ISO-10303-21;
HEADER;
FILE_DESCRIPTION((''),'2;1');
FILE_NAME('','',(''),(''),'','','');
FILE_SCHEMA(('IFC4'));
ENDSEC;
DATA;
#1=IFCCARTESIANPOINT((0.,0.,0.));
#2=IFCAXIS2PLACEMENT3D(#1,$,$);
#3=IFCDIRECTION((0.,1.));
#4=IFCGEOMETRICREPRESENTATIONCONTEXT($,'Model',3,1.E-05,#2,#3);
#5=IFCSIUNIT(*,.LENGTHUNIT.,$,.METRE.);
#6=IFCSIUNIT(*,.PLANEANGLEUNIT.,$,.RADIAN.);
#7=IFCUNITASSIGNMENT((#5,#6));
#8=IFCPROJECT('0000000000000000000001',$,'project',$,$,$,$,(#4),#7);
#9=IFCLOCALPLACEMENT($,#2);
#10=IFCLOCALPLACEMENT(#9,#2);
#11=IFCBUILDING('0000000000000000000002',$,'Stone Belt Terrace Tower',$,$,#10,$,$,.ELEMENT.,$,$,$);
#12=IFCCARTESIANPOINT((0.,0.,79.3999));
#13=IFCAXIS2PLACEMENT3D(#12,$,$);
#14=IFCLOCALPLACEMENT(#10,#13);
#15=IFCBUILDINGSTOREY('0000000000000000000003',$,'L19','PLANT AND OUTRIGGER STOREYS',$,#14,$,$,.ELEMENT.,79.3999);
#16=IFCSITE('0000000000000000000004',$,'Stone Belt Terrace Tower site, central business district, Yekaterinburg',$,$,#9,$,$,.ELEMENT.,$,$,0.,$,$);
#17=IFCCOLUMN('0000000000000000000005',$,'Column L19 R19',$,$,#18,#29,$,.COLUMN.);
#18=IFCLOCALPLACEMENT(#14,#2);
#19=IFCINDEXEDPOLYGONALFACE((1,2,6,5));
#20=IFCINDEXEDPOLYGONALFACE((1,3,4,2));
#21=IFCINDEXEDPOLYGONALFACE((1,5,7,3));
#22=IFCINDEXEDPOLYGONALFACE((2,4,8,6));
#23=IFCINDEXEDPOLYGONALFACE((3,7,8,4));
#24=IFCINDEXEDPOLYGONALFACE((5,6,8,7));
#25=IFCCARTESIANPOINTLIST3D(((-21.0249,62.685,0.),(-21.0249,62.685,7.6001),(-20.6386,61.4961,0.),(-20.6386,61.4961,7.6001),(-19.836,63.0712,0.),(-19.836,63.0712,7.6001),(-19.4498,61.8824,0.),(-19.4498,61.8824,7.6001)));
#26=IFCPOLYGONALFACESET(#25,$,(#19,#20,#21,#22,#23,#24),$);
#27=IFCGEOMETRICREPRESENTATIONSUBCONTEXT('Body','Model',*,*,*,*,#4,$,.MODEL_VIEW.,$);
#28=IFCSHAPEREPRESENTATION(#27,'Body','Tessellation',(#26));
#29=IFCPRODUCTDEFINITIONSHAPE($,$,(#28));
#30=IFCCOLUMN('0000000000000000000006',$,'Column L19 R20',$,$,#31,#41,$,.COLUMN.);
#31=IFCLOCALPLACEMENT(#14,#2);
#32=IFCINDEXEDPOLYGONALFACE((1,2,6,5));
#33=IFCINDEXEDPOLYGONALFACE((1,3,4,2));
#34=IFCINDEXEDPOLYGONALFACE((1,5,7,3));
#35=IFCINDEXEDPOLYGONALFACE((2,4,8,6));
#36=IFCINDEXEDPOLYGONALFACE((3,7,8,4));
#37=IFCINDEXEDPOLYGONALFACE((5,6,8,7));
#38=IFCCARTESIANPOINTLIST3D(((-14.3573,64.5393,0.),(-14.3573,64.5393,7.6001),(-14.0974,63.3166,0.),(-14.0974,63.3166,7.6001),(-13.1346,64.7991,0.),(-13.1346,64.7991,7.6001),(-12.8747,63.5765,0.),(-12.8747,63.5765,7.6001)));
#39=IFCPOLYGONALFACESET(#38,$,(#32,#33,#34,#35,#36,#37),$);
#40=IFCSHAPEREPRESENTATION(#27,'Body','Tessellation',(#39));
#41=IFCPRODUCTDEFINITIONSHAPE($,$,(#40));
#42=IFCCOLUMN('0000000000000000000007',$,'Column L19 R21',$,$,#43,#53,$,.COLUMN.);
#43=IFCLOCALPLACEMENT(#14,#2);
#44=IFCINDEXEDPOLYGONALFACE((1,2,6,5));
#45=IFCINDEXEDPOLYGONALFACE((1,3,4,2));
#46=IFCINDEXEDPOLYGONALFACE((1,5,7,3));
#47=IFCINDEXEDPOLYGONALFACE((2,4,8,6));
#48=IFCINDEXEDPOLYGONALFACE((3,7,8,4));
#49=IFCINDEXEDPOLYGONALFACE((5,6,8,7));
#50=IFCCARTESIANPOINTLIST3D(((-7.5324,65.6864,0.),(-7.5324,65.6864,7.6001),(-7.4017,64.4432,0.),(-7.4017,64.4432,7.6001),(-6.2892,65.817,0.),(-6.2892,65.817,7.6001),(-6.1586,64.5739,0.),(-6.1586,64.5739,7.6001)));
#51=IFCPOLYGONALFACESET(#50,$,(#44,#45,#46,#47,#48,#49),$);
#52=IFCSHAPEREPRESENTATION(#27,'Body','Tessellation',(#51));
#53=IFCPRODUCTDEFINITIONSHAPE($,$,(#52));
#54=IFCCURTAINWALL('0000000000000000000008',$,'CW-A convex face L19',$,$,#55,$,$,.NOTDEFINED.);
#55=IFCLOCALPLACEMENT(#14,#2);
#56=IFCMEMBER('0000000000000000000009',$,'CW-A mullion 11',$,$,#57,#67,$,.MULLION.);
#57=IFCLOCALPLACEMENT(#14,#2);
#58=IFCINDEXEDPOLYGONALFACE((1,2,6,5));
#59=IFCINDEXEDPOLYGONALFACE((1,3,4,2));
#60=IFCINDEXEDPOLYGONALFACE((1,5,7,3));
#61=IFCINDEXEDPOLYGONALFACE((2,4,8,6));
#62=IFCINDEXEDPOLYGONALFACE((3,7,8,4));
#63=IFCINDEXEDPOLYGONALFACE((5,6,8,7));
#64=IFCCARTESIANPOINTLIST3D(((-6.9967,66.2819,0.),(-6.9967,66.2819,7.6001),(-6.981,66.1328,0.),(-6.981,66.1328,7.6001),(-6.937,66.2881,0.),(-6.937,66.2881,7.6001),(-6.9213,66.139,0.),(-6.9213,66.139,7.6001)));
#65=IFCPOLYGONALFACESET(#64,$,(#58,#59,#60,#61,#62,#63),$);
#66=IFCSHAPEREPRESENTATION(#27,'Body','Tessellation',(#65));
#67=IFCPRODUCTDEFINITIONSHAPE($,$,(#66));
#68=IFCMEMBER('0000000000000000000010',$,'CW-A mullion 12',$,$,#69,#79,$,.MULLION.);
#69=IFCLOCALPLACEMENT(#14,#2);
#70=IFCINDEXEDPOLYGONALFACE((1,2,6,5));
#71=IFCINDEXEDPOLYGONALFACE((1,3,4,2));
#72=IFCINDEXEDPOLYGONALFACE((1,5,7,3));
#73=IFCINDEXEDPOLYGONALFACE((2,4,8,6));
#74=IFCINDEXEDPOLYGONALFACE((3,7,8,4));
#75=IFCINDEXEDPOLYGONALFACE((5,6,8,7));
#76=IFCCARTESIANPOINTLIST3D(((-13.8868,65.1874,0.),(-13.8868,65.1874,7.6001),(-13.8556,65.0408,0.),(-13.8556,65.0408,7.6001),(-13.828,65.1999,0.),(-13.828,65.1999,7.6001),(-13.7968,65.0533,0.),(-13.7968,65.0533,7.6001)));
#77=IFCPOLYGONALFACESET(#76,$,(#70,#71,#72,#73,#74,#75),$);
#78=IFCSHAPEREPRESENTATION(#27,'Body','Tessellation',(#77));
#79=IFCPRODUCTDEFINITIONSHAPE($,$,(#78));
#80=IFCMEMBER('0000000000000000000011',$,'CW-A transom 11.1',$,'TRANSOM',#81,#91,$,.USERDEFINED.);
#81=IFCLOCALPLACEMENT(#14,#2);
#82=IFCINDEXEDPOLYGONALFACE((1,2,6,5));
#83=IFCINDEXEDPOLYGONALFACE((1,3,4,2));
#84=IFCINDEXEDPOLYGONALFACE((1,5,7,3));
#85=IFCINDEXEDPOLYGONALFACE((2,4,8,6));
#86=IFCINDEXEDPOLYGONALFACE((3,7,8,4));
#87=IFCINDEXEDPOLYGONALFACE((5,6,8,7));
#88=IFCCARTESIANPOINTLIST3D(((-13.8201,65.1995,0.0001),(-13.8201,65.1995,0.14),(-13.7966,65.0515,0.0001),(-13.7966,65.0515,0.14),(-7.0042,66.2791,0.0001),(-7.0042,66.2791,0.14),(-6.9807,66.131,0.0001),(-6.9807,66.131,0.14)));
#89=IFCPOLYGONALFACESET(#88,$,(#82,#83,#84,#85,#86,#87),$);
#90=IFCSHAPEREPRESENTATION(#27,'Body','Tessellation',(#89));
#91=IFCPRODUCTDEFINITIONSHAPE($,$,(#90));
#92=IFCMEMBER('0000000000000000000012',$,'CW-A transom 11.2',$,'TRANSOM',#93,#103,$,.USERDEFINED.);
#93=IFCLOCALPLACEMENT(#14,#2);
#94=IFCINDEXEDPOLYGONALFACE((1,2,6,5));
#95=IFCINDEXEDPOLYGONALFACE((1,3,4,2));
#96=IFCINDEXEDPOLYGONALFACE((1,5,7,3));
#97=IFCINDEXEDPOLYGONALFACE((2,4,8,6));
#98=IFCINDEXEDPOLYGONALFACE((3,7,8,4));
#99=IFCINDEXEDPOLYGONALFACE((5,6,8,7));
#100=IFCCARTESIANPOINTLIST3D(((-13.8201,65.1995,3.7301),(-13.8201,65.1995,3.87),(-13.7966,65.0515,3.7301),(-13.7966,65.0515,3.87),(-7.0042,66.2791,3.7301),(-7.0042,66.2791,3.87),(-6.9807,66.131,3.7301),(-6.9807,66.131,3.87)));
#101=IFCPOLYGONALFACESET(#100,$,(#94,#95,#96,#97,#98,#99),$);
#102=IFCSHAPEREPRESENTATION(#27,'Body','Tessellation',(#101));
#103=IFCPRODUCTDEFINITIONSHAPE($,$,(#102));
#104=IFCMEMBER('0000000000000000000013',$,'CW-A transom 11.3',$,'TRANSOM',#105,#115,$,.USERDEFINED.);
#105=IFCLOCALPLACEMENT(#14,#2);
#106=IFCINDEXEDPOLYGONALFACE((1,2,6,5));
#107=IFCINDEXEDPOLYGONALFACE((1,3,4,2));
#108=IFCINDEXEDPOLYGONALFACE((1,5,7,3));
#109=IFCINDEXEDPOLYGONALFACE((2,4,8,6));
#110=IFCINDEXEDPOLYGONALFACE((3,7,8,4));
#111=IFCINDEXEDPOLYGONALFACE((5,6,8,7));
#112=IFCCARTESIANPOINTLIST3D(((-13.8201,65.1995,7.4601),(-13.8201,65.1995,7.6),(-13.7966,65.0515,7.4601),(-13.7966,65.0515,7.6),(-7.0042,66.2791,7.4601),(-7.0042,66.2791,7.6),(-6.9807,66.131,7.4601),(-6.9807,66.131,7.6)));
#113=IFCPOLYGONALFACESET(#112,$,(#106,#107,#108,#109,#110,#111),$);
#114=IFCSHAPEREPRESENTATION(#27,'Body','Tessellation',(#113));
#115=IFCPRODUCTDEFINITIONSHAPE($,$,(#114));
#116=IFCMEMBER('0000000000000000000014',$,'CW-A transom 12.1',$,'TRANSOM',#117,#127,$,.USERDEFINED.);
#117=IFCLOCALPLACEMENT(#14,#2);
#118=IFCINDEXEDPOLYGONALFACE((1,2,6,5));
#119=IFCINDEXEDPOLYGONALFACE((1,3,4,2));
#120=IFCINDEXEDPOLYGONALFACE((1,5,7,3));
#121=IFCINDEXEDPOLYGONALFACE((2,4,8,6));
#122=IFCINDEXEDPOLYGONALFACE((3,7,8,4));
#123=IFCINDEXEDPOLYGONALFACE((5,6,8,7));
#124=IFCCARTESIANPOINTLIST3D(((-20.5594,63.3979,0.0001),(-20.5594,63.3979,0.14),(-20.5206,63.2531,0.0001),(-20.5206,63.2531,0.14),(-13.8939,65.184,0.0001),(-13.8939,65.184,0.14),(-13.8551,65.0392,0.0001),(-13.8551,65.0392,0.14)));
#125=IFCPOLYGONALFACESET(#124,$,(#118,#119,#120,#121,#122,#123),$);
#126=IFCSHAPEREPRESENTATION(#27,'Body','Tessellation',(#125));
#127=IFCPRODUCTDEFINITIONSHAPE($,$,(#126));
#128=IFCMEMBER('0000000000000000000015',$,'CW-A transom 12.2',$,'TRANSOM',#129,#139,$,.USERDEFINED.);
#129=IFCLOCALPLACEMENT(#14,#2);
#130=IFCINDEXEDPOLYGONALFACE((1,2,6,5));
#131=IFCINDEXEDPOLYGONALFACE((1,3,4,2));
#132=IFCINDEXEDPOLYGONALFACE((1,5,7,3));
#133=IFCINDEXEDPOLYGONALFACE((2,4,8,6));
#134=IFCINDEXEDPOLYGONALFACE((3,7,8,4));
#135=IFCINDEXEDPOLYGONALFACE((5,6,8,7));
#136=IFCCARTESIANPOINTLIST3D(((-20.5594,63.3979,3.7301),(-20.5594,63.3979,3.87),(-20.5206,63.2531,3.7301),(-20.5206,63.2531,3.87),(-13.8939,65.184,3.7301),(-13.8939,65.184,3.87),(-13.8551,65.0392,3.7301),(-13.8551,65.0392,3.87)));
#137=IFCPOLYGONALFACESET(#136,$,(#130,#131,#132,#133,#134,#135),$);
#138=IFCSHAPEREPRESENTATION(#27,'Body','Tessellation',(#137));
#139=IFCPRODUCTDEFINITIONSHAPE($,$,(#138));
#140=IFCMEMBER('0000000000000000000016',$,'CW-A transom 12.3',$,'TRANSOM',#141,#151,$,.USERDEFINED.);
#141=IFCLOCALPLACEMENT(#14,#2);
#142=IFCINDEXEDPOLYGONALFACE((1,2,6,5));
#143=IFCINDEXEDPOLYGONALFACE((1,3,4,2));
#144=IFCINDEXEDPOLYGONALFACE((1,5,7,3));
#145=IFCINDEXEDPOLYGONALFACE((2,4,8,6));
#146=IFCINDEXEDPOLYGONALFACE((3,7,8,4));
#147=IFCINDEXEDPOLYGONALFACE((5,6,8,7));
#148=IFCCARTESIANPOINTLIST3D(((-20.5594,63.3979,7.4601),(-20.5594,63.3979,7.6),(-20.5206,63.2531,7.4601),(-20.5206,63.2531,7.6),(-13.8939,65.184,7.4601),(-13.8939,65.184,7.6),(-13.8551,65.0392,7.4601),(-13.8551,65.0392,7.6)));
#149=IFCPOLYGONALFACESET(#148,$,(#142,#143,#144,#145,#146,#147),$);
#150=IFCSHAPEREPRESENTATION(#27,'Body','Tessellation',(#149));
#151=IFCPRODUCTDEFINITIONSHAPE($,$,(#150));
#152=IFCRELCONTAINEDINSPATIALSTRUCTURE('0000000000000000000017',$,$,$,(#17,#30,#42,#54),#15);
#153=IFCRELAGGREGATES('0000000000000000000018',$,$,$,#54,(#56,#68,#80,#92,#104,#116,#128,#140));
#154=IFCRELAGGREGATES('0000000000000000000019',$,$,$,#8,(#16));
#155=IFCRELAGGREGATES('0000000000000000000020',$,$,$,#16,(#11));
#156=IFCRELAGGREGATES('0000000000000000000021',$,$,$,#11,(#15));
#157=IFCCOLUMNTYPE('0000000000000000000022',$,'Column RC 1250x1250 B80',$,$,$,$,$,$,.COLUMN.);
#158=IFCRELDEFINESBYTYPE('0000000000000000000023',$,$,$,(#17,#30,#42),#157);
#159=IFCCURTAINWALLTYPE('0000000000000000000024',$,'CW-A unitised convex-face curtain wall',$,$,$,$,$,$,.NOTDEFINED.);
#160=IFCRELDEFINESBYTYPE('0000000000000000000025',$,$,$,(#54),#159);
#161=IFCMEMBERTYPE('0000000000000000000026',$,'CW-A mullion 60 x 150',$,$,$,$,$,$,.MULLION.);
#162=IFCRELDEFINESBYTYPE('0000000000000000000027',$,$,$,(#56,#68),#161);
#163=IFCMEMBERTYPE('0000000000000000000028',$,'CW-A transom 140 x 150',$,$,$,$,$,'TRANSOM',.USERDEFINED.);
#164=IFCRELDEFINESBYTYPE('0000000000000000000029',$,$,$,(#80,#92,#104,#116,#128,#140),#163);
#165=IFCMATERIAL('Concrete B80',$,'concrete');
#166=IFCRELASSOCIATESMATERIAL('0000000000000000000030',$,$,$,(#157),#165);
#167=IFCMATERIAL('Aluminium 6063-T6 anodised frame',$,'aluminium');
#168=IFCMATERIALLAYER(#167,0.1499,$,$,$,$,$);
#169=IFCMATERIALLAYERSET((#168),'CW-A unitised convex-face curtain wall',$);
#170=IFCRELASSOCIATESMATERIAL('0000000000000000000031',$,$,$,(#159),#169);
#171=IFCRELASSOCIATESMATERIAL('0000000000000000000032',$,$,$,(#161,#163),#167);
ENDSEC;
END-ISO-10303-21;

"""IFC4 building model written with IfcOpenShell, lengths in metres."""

from ifc_helpers import new_model, si_unit, direction, frame, origin, origin_2d, place, context, subcontext, project, spatial, rectangle, extrude, material, layer, layer_set, material_profile, profile_set, type_object, element, aggregate, save


model = new_model("IFC4")

# Units and contexts
model_context = context("Model", 3, precision=1e-05, world=origin(), true_north=direction((0.0, 1.0)))
body_context = subcontext(model_context, "Body", "Model", "MODEL_VIEW")
ifc_project = project(units=[si_unit("LENGTHUNIT", "METRE"), si_unit("PLANEANGLEUNIT", "RADIAN")], contexts=[model_context])

# Site, building, storey
site_placement = place(None, origin())
site = spatial("IfcSite", under=ifc_project, at=site_placement, Name="Stone Belt Terrace Tower site, central business district, Yekaterinburg", CompositionType="ELEMENT", RefElevation=0.0)
building_placement = place(site_placement, origin())
building = spatial("IfcBuilding", under=site, at=building_placement, Name="Stone Belt Terrace Tower", CompositionType="ELEMENT")
storey_placement = place(building_placement, frame((0.0, 0.0, 79.3999)))
storey = spatial("IfcBuildingStorey", under=building, at=storey_placement, Name="L19", Description="PLANT AND OUTRIGGER STOREYS", CompositionType="ELEMENT", Elevation=79.3999)

# Columns
ifc_material_1 = material(Name="Concrete B80", Category="concrete")
ifc_material_profile_1 = material_profile(ifc_material_1, rectangle(XDim=1.25, YDim=1.25, at=origin_2d()), Name="RC 1250x1250")
ifc_profile_set_1 = profile_set([ifc_material_profile_1], Name="Concrete B80")
column_type = type_object("IfcColumnType", Name="Column RC 1250x1250 B80", PredefinedType="COLUMN", material=ifc_profile_set_1)
for number, where, z_axis, x_axis, name in (
    (1, (-20.2373, 62.2837, 0.0), (0.0, 0.0, 1.0), (0.951057, 0.309017, 0.0), "Column L19 R19"),
    (2, (-13.616, 64.0579, 0.0), (0.0, 0.0, 1.0), (0.978148, 0.207912, 0.0), "Column L19 R20"),
    (3, (-6.8455, 65.1301, 0.0), (0.0, 0.0, 1.0), (0.994522, 0.104528, 0.0), "Column L19 R21"),
):
    element("IfcColumn", number, at=place(storey_placement, frame(where, z_axis=z_axis, x_axis=x_axis)), inside=storey, type_object=column_type, Name=name, PredefinedType="COLUMN", context=body_context, shape_type="SweptSolid", body=[
        extrude(rectangle(XDim=1.25, YDim=1.25, at=origin_2d()), origin(), (0.0, 0.0, 1.0), 7.6001),
    ])

# Curtain wall, members
ifc_material_2 = material(Name="Aluminium 6063-T6 anodised frame", Category="aluminium")
ifc_layer_1 = layer(ifc_material_2, 0.1499)
ifc_layer_set_1 = layer_set([ifc_layer_1], Name="CW-A unitised convex-face curtain wall")
curtain_wall_type = type_object("IfcCurtainWallType", Name="CW-A unitised convex-face curtain wall", PredefinedType="NOTDEFINED", material=ifc_layer_set_1)
curtain_wall_placement = place(storey_placement, origin())
curtain_wall = element("IfcCurtainWall", 4, at=curtain_wall_placement, inside=storey, type_object=curtain_wall_type, Name="CW-A convex face L19", PredefinedType="NOTDEFINED")
ifc_material_profile_2 = material_profile(ifc_material_2, rectangle(XDim=0.1499, YDim=0.0601, at=origin_2d()), Name="Aluminium 6063-T6 60x150")
ifc_profile_set_2 = profile_set([ifc_material_profile_2], Name="Aluminium 6063-T6 anodised frame")
member_type_1 = type_object("IfcMemberType", Name="CW-A mullion 60 x 150", PredefinedType="MULLION", material=ifc_profile_set_2)
member_1_placement = place(storey_placement, frame((-6.959, 66.2104, 0.0), z_axis=(0.0, 0.0, 1.0), x_axis=(0.104528, -0.994522, 0.0)))
member_1 = element("IfcMember", 5, at=member_1_placement, type_object=member_type_1, Name="CW-A mullion 11", PredefinedType="MULLION", context=body_context, shape_type="SweptSolid", body=[
    extrude(rectangle(XDim=0.1499, YDim=0.0601, at=origin_2d()), origin(), (0.0, 0.0, 1.0), 7.6001),
])
member_2_placement = place(storey_placement, frame((-13.8418, 65.1204, 0.0), z_axis=(0.0, 0.0, 1.0), x_axis=(0.207912, -0.978148, 0.0)))
member_2 = element("IfcMember", 6, at=member_2_placement, type_object=member_type_1, Name="CW-A mullion 12", PredefinedType="MULLION", context=body_context, shape_type="SweptSolid", body=[
    extrude(rectangle(XDim=0.1499, YDim=0.0601, at=origin_2d()), origin(), (0.0, 0.0, 1.0), 7.6001),
])
ifc_material_profile_3 = material_profile(ifc_material_2, rectangle(XDim=0.1499, YDim=0.1399, at=origin_2d()), Name="Aluminium 6063-T6 150x140")
ifc_profile_set_3 = profile_set([ifc_material_profile_3], Name="Aluminium 6063-T6 anodised frame")
member_type_2 = type_object("IfcMemberType", Name="CW-A transom 140 x 150", ElementType="TRANSOM", PredefinedType="USERDEFINED", material=ifc_profile_set_3)
member_3_placement = place(storey_placement, frame((-6.9924, 66.2051, 0.0701), z_axis=(-0.987687, -0.156442, 0.0), x_axis=(0.156442, -0.987687, 0.0)))
member_3 = element("IfcMember", 7, at=member_3_placement, type_object=member_type_2, Name="CW-A transom 11.1", ObjectType="TRANSOM", PredefinedType="USERDEFINED", context=body_context, shape_type="SweptSolid", body=[
    extrude(rectangle(XDim=0.1499, YDim=0.1399, at=origin_2d()), origin(), (0.0, 0.0, 1.0), 6.9009),
])
member_4_placement = place(storey_placement, frame((-6.9924, 66.2051, 3.8), z_axis=(-0.987687, -0.156442, 0.0), x_axis=(0.156442, -0.987687, 0.0)))
member_4 = element("IfcMember", 8, at=member_4_placement, type_object=member_type_2, Name="CW-A transom 11.2", ObjectType="TRANSOM", PredefinedType="USERDEFINED", context=body_context, shape_type="SweptSolid", body=[
    extrude(rectangle(XDim=0.1499, YDim=0.1399, at=origin_2d()), origin(), (0.0, 0.0, 1.0), 6.9009),
])
member_5_placement = place(storey_placement, frame((-6.9924, 66.2051, 7.53), z_axis=(-0.987687, -0.156442, 0.0), x_axis=(0.156442, -0.987687, 0.0)))
member_5 = element("IfcMember", 9, at=member_5_placement, type_object=member_type_2, Name="CW-A transom 11.3", ObjectType="TRANSOM", PredefinedType="USERDEFINED", context=body_context, shape_type="SweptSolid", body=[
    extrude(rectangle(XDim=0.1499, YDim=0.1399, at=origin_2d()), origin(), (0.0, 0.0, 1.0), 6.9009),
])
member_6_placement = place(storey_placement, frame((-13.8745, 65.1116, 0.0701), z_axis=(-0.965922, -0.258834, 0.0), x_axis=(0.258834, -0.965922, 0.0)))
member_6 = element("IfcMember", 10, at=member_6_placement, type_object=member_type_2, Name="CW-A transom 12.1", ObjectType="TRANSOM", PredefinedType="USERDEFINED", context=body_context, shape_type="SweptSolid", body=[
    extrude(rectangle(XDim=0.1499, YDim=0.1399, at=origin_2d()), origin(), (0.0, 0.0, 1.0), 6.9006),
])
member_7_placement = place(storey_placement, frame((-13.8745, 65.1116, 3.8), z_axis=(-0.965922, -0.258834, 0.0), x_axis=(0.258834, -0.965922, 0.0)))
member_7 = element("IfcMember", 11, at=member_7_placement, type_object=member_type_2, Name="CW-A transom 12.2", ObjectType="TRANSOM", PredefinedType="USERDEFINED", context=body_context, shape_type="SweptSolid", body=[
    extrude(rectangle(XDim=0.1499, YDim=0.1399, at=origin_2d()), origin(), (0.0, 0.0, 1.0), 6.9006),
])
member_8_placement = place(storey_placement, frame((-13.8745, 65.1116, 7.53), z_axis=(-0.965922, -0.258834, 0.0), x_axis=(0.258834, -0.965922, 0.0)))
member_8 = element("IfcMember", 12, at=member_8_placement, type_object=member_type_2, Name="CW-A transom 12.3", ObjectType="TRANSOM", PredefinedType="USERDEFINED", context=body_context, shape_type="SweptSolid", body=[
    extrude(rectangle(XDim=0.1499, YDim=0.1399, at=origin_2d()), origin(), (0.0, 0.0, 1.0), 6.9006),
])

aggregate(curtain_wall, [member_1, member_2, member_3, member_4, member_5, member_6, member_7, member_8])

save(model, "model.ifc")
